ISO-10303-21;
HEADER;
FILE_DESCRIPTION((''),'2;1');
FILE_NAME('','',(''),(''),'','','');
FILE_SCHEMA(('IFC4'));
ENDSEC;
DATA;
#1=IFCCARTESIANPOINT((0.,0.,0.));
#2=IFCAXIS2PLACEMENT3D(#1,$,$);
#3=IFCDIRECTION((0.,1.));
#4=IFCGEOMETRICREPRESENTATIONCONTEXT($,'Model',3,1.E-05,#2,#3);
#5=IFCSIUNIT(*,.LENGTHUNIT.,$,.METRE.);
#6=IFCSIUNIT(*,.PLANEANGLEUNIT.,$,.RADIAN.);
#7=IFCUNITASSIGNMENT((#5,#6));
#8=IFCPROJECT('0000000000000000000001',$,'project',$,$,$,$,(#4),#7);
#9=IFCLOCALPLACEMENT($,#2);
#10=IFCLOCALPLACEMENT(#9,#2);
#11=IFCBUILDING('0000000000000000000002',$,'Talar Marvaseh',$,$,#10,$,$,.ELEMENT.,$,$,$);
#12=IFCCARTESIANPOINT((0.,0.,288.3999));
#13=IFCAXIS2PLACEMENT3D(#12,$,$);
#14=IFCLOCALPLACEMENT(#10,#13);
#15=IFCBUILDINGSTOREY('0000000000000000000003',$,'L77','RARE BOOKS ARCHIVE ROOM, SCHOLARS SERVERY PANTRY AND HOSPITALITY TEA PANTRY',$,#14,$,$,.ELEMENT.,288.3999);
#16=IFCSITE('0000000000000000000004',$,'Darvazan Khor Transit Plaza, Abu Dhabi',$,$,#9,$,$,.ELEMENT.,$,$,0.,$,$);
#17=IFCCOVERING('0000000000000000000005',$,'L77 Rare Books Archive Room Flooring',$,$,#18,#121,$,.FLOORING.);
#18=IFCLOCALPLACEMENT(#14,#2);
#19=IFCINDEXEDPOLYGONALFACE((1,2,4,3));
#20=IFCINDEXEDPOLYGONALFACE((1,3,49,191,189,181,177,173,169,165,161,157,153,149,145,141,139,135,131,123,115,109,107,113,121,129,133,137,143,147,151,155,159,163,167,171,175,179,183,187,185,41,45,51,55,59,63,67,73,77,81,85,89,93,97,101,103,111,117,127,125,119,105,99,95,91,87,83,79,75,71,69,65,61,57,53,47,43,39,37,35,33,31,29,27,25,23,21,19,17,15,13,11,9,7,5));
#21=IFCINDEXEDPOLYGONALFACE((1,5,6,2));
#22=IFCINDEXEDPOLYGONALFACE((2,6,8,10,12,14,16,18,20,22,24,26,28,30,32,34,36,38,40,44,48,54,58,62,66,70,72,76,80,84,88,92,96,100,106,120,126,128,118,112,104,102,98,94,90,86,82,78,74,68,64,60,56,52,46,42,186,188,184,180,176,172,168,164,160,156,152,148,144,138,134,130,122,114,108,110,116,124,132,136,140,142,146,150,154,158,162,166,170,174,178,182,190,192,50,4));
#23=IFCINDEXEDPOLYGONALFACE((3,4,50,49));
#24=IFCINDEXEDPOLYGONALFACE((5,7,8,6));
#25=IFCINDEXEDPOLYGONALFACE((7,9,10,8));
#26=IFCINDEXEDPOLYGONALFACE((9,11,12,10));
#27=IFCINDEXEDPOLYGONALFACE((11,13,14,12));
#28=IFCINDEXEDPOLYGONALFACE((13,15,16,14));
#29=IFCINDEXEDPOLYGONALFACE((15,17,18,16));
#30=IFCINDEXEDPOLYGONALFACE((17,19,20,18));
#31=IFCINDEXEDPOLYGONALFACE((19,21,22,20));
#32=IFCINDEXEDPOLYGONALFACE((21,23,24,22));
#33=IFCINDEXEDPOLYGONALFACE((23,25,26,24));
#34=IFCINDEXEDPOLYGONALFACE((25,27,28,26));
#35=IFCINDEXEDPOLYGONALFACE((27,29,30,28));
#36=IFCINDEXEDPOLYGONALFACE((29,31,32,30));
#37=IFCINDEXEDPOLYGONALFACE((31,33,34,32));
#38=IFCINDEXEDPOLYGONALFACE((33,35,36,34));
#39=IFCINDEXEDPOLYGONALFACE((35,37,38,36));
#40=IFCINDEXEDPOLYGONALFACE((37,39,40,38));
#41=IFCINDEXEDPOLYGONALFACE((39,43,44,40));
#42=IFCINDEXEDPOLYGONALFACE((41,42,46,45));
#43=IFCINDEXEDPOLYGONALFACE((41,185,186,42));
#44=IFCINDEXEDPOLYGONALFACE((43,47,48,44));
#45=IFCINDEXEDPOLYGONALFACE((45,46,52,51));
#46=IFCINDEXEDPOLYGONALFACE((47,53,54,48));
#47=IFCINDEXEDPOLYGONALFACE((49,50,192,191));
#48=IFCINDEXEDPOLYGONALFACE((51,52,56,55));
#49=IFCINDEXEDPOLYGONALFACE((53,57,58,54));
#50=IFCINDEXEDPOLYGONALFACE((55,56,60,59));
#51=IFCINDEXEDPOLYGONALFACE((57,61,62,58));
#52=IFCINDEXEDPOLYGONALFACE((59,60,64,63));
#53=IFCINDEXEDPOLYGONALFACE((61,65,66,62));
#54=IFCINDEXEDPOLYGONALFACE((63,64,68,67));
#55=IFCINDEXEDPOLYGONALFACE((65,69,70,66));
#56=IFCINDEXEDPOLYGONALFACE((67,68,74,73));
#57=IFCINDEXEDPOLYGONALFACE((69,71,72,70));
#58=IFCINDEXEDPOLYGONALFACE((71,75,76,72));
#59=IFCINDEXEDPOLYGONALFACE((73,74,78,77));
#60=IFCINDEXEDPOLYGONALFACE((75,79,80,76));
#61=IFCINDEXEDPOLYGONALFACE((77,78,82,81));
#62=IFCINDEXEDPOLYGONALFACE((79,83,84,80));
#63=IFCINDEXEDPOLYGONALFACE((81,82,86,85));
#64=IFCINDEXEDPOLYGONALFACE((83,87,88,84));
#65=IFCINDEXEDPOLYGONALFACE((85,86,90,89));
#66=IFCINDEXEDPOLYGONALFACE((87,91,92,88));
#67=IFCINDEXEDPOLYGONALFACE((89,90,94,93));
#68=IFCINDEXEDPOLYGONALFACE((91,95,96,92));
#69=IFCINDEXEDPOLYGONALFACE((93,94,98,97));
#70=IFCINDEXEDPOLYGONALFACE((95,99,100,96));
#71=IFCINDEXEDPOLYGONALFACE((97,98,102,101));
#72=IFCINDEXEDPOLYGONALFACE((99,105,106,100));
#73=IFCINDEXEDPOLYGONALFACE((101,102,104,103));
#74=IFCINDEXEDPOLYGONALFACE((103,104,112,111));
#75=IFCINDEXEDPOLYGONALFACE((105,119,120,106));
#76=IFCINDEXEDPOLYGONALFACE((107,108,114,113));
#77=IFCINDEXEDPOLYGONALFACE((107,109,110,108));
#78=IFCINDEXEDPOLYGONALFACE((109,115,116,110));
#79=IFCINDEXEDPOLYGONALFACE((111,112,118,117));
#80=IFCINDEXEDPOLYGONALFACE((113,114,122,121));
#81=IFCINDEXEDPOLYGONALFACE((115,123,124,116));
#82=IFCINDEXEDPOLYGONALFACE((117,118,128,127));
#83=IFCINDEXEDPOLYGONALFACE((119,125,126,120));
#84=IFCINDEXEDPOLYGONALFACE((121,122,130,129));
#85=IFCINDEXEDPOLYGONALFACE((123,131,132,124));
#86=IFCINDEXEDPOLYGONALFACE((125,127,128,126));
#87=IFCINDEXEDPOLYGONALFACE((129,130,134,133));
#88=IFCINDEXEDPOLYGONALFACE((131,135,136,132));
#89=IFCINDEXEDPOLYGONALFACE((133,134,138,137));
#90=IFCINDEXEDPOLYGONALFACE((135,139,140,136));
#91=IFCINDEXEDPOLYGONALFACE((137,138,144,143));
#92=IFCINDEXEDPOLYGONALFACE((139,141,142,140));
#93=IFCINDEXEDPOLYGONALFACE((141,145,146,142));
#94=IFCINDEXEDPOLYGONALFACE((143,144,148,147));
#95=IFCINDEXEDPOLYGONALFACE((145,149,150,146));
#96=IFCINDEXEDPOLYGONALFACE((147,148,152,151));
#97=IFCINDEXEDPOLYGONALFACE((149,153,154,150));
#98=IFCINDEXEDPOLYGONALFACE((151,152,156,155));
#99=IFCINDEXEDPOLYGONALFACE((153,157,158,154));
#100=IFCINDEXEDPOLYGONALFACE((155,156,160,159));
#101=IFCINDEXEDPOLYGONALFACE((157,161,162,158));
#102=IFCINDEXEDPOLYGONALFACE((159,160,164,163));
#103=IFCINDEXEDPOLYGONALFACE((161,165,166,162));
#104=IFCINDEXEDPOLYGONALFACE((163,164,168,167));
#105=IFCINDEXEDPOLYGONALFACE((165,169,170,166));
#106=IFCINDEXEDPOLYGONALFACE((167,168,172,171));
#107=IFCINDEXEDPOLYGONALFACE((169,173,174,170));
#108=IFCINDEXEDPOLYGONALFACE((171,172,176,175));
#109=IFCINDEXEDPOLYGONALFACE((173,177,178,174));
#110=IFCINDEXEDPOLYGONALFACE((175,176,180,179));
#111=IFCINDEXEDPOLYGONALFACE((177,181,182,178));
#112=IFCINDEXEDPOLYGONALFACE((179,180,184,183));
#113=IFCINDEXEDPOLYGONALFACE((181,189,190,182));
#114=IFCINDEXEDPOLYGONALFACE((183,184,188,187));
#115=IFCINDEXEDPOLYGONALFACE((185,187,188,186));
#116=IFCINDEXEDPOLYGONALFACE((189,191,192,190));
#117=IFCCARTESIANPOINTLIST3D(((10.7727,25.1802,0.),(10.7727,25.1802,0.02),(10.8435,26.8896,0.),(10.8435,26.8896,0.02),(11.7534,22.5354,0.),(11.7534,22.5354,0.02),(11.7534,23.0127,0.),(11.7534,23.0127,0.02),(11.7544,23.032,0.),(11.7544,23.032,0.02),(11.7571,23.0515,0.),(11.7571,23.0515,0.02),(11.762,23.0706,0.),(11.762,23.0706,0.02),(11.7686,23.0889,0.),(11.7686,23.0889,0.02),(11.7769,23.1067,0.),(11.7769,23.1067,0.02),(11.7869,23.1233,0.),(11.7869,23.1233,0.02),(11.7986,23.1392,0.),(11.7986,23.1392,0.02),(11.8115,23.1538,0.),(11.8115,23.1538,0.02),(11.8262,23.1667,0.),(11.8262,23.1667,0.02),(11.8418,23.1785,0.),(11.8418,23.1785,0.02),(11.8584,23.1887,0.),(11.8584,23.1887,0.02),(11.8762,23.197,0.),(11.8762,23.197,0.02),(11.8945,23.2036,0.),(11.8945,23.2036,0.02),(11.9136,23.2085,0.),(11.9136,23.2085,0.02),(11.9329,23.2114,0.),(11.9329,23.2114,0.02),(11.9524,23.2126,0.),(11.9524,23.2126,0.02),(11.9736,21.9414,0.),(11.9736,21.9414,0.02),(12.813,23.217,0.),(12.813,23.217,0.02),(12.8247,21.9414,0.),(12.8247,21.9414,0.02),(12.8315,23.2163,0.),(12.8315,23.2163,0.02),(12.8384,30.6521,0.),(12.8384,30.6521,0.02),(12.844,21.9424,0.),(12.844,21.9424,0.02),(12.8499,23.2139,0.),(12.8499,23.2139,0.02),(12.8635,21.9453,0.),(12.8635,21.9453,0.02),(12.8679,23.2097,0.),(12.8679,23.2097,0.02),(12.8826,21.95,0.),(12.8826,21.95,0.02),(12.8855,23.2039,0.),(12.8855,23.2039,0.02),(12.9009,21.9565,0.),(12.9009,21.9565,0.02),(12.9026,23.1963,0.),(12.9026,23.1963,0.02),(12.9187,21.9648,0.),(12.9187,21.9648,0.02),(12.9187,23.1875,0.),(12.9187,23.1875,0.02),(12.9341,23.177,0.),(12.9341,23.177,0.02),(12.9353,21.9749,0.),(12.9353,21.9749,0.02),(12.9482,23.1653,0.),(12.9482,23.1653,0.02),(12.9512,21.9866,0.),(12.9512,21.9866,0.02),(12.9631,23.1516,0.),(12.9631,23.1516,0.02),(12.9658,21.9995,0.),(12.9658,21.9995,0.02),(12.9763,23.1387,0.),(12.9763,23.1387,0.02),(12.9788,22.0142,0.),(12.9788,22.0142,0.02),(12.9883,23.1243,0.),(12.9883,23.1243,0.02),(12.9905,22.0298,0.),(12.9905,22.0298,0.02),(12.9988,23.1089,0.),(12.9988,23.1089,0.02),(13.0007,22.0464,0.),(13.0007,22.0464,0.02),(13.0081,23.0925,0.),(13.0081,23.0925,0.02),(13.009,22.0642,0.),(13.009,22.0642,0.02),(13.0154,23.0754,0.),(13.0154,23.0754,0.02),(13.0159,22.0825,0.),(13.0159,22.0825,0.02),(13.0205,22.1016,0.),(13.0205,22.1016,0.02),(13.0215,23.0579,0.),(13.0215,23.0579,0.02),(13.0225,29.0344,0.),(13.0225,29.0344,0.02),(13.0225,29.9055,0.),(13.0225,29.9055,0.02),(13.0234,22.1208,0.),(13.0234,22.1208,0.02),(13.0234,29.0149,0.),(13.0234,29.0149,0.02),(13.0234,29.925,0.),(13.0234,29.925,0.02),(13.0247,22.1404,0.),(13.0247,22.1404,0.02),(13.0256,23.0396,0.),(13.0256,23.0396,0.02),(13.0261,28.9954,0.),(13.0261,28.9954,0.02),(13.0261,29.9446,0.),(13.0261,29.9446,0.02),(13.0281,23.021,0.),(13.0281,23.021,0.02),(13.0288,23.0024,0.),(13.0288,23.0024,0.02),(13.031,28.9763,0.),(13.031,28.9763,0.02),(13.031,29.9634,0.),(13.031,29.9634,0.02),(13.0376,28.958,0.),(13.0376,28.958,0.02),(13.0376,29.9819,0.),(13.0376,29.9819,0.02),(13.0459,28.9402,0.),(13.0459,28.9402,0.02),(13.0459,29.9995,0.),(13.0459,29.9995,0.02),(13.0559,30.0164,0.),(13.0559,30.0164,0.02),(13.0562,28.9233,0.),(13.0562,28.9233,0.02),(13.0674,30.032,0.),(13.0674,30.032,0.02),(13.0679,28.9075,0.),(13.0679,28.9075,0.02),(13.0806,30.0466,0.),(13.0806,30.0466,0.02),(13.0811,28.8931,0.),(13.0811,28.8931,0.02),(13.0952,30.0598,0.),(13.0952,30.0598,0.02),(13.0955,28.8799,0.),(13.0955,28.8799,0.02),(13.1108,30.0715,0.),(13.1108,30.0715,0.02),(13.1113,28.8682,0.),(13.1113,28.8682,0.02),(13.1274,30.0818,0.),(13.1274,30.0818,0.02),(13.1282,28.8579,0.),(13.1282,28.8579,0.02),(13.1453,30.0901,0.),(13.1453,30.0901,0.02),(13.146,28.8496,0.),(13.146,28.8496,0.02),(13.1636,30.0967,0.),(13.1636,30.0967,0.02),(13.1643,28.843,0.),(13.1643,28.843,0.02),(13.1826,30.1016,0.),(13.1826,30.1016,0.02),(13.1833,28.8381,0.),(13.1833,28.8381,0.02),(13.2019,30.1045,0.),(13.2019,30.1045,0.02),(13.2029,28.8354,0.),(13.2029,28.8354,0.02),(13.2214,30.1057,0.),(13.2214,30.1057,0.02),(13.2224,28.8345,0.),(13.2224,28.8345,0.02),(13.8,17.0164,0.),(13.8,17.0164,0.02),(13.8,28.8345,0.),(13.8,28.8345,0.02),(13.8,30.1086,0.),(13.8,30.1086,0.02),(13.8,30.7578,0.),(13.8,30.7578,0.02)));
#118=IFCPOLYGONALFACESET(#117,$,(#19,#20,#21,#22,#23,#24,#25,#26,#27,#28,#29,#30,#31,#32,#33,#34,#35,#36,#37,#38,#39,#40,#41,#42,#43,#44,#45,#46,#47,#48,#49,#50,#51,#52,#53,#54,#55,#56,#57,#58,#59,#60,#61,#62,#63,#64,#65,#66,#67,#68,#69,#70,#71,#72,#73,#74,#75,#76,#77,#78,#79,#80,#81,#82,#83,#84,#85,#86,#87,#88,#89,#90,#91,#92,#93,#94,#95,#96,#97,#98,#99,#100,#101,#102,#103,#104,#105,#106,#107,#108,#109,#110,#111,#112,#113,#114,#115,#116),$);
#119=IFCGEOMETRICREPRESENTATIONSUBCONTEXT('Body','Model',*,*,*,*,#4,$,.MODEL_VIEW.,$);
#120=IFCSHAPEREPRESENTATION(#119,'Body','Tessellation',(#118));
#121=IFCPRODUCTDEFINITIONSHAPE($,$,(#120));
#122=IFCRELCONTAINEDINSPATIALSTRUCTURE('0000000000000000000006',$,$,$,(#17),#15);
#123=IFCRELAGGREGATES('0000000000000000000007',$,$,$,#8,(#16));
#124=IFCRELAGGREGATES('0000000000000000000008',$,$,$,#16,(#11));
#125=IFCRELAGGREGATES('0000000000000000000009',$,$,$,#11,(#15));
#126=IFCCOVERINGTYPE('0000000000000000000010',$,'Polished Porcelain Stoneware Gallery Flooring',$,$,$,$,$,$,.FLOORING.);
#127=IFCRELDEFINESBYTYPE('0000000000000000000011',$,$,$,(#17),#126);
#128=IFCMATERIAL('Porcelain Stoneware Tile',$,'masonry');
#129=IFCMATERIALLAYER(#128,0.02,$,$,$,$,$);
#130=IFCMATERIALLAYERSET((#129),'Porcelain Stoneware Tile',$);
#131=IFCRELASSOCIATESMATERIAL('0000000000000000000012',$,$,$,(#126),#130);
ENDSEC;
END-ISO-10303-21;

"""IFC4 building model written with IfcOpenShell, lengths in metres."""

from ifc_helpers import new_model, si_unit, direction, frame, origin, place, context, subcontext, project, spatial, polyline, outline, extrude, material, layer, layer_set, type_object, element, save


model = new_model("IFC4")

# Units and contexts
model_context = context("Model", 3, precision=1e-05, world=origin(), true_north=direction((0.0, 1.0)))
body_context = subcontext(model_context, "Body", "Model", "MODEL_VIEW")
ifc_project = project(units=[si_unit("LENGTHUNIT", "METRE"), si_unit("PLANEANGLEUNIT", "RADIAN")], contexts=[model_context])

# Site, building, storey
site_placement = place(None, origin())
site = spatial("IfcSite", under=ifc_project, at=site_placement, Name="Darvazan Khor Transit Plaza, Abu Dhabi", CompositionType="ELEMENT", RefElevation=0.0)
building_placement = place(site_placement, origin())
building = spatial("IfcBuilding", under=site, at=building_placement, Name="Talar Marvaseh", CompositionType="ELEMENT")
storey_placement = place(building_placement, frame((0.0, 0.0, 288.3999)))
storey = spatial("IfcBuildingStorey", under=building, at=storey_placement, Name="L77", Description="RARE BOOKS ARCHIVE ROOM, SCHOLARS SERVERY PANTRY AND HOSPITALITY TEA PANTRY", CompositionType="ELEMENT", Elevation=288.3999)

# Covering
ifc_material_1 = material(Name="Porcelain Stoneware Tile", Category="masonry")
ifc_layer_1 = layer(ifc_material_1, 0.02)
ifc_layer_set_1 = layer_set([ifc_layer_1], Name="Porcelain Stoneware Tile")
covering_type_1 = type_object("IfcCoveringType", Name="Polished Porcelain Stoneware Gallery Flooring", PredefinedType="FLOORING", material=ifc_layer_set_1)
covering_1_placement = place(storey_placement, origin())
element("IfcCovering", 1, at=covering_1_placement, inside=storey, type_object=covering_type_1, Name="L77 Rare Books Archive Room Flooring", PredefinedType="FLOORING", context=body_context, shape_type="SweptSolid", body=[
    extrude(outline(polyline([(12.8384, 30.6521), (13.8, 30.7578), (13.8, 30.1086), (13.2214, 30.1057), (13.2019, 30.1045), (13.1826, 30.1016), (13.1636, 30.0967), (13.1453, 30.0901), (13.1274, 30.0818), (13.1108, 30.0715), (13.0952, 30.0598), (13.0806, 30.0466), (13.0674, 30.032), (13.0559, 30.0164), (13.0459, 29.9995), (13.0376, 29.9819), (13.031, 29.9634), (13.0261, 29.9446), (13.0234, 29.925), (13.0225, 29.9055), (13.0225, 29.0344), (13.0234, 29.0149), (13.0261, 28.9954), (13.031, 28.9763), (13.0376, 28.958), (13.0459, 28.9402), (13.0562, 28.9233), (13.0679, 28.9075), (13.0811, 28.8931), (13.0955, 28.8799), (13.1113, 28.8682), (13.1282, 28.8579), (13.146, 28.8496), (13.1643, 28.843), (13.1833, 28.8381), (13.2029, 28.8354), (13.2224, 28.8345), (13.8, 28.8345), (13.8, 17.0164), (11.9736, 21.9414), (12.8247, 21.9414), (12.844, 21.9424), (12.8635, 21.9453), (12.8826, 21.95), (12.9009, 21.9565), (12.9187, 21.9648), (12.9353, 21.9749), (12.9512, 21.9866), (12.9658, 21.9995), (12.9788, 22.0142), (12.9905, 22.0298), (13.0007, 22.0464), (13.009, 22.0642), (13.0159, 22.0825), (13.0205, 22.1016), (13.0234, 22.1208), (13.0247, 22.1404), (13.0288, 23.0024), (13.0281, 23.021), (13.0256, 23.0396), (13.0215, 23.0579), (13.0154, 23.0754), (13.0081, 23.0925), (12.9988, 23.1089), (12.9883, 23.1243), (12.9763, 23.1387), (12.9631, 23.1516), (12.9482, 23.1653), (12.9341, 23.177), (12.9187, 23.1875), (12.9026, 23.1963), (12.8855, 23.2039), (12.8679, 23.2097), (12.8499, 23.2139), (12.8315, 23.2163), (12.813, 23.217), (11.9524, 23.2126), (11.9329, 23.2114), (11.9136, 23.2085), (11.8945, 23.2036), (11.8762, 23.197), (11.8584, 23.1887), (11.8418, 23.1785), (11.8262, 23.1667), (11.8115, 23.1538), (11.7986, 23.1392), (11.7869, 23.1233), (11.7769, 23.1067), (11.7686, 23.0889), (11.762, 23.0706), (11.7571, 23.0515), (11.7544, 23.032), (11.7534, 23.0127), (11.7534, 22.5354), (10.7727, 25.1802), (10.8435, 26.8896), (12.8384, 30.6521)])), origin(), (0.0, 0.0, 1.0), 0.02),
])

save(model, "model.ifc")
